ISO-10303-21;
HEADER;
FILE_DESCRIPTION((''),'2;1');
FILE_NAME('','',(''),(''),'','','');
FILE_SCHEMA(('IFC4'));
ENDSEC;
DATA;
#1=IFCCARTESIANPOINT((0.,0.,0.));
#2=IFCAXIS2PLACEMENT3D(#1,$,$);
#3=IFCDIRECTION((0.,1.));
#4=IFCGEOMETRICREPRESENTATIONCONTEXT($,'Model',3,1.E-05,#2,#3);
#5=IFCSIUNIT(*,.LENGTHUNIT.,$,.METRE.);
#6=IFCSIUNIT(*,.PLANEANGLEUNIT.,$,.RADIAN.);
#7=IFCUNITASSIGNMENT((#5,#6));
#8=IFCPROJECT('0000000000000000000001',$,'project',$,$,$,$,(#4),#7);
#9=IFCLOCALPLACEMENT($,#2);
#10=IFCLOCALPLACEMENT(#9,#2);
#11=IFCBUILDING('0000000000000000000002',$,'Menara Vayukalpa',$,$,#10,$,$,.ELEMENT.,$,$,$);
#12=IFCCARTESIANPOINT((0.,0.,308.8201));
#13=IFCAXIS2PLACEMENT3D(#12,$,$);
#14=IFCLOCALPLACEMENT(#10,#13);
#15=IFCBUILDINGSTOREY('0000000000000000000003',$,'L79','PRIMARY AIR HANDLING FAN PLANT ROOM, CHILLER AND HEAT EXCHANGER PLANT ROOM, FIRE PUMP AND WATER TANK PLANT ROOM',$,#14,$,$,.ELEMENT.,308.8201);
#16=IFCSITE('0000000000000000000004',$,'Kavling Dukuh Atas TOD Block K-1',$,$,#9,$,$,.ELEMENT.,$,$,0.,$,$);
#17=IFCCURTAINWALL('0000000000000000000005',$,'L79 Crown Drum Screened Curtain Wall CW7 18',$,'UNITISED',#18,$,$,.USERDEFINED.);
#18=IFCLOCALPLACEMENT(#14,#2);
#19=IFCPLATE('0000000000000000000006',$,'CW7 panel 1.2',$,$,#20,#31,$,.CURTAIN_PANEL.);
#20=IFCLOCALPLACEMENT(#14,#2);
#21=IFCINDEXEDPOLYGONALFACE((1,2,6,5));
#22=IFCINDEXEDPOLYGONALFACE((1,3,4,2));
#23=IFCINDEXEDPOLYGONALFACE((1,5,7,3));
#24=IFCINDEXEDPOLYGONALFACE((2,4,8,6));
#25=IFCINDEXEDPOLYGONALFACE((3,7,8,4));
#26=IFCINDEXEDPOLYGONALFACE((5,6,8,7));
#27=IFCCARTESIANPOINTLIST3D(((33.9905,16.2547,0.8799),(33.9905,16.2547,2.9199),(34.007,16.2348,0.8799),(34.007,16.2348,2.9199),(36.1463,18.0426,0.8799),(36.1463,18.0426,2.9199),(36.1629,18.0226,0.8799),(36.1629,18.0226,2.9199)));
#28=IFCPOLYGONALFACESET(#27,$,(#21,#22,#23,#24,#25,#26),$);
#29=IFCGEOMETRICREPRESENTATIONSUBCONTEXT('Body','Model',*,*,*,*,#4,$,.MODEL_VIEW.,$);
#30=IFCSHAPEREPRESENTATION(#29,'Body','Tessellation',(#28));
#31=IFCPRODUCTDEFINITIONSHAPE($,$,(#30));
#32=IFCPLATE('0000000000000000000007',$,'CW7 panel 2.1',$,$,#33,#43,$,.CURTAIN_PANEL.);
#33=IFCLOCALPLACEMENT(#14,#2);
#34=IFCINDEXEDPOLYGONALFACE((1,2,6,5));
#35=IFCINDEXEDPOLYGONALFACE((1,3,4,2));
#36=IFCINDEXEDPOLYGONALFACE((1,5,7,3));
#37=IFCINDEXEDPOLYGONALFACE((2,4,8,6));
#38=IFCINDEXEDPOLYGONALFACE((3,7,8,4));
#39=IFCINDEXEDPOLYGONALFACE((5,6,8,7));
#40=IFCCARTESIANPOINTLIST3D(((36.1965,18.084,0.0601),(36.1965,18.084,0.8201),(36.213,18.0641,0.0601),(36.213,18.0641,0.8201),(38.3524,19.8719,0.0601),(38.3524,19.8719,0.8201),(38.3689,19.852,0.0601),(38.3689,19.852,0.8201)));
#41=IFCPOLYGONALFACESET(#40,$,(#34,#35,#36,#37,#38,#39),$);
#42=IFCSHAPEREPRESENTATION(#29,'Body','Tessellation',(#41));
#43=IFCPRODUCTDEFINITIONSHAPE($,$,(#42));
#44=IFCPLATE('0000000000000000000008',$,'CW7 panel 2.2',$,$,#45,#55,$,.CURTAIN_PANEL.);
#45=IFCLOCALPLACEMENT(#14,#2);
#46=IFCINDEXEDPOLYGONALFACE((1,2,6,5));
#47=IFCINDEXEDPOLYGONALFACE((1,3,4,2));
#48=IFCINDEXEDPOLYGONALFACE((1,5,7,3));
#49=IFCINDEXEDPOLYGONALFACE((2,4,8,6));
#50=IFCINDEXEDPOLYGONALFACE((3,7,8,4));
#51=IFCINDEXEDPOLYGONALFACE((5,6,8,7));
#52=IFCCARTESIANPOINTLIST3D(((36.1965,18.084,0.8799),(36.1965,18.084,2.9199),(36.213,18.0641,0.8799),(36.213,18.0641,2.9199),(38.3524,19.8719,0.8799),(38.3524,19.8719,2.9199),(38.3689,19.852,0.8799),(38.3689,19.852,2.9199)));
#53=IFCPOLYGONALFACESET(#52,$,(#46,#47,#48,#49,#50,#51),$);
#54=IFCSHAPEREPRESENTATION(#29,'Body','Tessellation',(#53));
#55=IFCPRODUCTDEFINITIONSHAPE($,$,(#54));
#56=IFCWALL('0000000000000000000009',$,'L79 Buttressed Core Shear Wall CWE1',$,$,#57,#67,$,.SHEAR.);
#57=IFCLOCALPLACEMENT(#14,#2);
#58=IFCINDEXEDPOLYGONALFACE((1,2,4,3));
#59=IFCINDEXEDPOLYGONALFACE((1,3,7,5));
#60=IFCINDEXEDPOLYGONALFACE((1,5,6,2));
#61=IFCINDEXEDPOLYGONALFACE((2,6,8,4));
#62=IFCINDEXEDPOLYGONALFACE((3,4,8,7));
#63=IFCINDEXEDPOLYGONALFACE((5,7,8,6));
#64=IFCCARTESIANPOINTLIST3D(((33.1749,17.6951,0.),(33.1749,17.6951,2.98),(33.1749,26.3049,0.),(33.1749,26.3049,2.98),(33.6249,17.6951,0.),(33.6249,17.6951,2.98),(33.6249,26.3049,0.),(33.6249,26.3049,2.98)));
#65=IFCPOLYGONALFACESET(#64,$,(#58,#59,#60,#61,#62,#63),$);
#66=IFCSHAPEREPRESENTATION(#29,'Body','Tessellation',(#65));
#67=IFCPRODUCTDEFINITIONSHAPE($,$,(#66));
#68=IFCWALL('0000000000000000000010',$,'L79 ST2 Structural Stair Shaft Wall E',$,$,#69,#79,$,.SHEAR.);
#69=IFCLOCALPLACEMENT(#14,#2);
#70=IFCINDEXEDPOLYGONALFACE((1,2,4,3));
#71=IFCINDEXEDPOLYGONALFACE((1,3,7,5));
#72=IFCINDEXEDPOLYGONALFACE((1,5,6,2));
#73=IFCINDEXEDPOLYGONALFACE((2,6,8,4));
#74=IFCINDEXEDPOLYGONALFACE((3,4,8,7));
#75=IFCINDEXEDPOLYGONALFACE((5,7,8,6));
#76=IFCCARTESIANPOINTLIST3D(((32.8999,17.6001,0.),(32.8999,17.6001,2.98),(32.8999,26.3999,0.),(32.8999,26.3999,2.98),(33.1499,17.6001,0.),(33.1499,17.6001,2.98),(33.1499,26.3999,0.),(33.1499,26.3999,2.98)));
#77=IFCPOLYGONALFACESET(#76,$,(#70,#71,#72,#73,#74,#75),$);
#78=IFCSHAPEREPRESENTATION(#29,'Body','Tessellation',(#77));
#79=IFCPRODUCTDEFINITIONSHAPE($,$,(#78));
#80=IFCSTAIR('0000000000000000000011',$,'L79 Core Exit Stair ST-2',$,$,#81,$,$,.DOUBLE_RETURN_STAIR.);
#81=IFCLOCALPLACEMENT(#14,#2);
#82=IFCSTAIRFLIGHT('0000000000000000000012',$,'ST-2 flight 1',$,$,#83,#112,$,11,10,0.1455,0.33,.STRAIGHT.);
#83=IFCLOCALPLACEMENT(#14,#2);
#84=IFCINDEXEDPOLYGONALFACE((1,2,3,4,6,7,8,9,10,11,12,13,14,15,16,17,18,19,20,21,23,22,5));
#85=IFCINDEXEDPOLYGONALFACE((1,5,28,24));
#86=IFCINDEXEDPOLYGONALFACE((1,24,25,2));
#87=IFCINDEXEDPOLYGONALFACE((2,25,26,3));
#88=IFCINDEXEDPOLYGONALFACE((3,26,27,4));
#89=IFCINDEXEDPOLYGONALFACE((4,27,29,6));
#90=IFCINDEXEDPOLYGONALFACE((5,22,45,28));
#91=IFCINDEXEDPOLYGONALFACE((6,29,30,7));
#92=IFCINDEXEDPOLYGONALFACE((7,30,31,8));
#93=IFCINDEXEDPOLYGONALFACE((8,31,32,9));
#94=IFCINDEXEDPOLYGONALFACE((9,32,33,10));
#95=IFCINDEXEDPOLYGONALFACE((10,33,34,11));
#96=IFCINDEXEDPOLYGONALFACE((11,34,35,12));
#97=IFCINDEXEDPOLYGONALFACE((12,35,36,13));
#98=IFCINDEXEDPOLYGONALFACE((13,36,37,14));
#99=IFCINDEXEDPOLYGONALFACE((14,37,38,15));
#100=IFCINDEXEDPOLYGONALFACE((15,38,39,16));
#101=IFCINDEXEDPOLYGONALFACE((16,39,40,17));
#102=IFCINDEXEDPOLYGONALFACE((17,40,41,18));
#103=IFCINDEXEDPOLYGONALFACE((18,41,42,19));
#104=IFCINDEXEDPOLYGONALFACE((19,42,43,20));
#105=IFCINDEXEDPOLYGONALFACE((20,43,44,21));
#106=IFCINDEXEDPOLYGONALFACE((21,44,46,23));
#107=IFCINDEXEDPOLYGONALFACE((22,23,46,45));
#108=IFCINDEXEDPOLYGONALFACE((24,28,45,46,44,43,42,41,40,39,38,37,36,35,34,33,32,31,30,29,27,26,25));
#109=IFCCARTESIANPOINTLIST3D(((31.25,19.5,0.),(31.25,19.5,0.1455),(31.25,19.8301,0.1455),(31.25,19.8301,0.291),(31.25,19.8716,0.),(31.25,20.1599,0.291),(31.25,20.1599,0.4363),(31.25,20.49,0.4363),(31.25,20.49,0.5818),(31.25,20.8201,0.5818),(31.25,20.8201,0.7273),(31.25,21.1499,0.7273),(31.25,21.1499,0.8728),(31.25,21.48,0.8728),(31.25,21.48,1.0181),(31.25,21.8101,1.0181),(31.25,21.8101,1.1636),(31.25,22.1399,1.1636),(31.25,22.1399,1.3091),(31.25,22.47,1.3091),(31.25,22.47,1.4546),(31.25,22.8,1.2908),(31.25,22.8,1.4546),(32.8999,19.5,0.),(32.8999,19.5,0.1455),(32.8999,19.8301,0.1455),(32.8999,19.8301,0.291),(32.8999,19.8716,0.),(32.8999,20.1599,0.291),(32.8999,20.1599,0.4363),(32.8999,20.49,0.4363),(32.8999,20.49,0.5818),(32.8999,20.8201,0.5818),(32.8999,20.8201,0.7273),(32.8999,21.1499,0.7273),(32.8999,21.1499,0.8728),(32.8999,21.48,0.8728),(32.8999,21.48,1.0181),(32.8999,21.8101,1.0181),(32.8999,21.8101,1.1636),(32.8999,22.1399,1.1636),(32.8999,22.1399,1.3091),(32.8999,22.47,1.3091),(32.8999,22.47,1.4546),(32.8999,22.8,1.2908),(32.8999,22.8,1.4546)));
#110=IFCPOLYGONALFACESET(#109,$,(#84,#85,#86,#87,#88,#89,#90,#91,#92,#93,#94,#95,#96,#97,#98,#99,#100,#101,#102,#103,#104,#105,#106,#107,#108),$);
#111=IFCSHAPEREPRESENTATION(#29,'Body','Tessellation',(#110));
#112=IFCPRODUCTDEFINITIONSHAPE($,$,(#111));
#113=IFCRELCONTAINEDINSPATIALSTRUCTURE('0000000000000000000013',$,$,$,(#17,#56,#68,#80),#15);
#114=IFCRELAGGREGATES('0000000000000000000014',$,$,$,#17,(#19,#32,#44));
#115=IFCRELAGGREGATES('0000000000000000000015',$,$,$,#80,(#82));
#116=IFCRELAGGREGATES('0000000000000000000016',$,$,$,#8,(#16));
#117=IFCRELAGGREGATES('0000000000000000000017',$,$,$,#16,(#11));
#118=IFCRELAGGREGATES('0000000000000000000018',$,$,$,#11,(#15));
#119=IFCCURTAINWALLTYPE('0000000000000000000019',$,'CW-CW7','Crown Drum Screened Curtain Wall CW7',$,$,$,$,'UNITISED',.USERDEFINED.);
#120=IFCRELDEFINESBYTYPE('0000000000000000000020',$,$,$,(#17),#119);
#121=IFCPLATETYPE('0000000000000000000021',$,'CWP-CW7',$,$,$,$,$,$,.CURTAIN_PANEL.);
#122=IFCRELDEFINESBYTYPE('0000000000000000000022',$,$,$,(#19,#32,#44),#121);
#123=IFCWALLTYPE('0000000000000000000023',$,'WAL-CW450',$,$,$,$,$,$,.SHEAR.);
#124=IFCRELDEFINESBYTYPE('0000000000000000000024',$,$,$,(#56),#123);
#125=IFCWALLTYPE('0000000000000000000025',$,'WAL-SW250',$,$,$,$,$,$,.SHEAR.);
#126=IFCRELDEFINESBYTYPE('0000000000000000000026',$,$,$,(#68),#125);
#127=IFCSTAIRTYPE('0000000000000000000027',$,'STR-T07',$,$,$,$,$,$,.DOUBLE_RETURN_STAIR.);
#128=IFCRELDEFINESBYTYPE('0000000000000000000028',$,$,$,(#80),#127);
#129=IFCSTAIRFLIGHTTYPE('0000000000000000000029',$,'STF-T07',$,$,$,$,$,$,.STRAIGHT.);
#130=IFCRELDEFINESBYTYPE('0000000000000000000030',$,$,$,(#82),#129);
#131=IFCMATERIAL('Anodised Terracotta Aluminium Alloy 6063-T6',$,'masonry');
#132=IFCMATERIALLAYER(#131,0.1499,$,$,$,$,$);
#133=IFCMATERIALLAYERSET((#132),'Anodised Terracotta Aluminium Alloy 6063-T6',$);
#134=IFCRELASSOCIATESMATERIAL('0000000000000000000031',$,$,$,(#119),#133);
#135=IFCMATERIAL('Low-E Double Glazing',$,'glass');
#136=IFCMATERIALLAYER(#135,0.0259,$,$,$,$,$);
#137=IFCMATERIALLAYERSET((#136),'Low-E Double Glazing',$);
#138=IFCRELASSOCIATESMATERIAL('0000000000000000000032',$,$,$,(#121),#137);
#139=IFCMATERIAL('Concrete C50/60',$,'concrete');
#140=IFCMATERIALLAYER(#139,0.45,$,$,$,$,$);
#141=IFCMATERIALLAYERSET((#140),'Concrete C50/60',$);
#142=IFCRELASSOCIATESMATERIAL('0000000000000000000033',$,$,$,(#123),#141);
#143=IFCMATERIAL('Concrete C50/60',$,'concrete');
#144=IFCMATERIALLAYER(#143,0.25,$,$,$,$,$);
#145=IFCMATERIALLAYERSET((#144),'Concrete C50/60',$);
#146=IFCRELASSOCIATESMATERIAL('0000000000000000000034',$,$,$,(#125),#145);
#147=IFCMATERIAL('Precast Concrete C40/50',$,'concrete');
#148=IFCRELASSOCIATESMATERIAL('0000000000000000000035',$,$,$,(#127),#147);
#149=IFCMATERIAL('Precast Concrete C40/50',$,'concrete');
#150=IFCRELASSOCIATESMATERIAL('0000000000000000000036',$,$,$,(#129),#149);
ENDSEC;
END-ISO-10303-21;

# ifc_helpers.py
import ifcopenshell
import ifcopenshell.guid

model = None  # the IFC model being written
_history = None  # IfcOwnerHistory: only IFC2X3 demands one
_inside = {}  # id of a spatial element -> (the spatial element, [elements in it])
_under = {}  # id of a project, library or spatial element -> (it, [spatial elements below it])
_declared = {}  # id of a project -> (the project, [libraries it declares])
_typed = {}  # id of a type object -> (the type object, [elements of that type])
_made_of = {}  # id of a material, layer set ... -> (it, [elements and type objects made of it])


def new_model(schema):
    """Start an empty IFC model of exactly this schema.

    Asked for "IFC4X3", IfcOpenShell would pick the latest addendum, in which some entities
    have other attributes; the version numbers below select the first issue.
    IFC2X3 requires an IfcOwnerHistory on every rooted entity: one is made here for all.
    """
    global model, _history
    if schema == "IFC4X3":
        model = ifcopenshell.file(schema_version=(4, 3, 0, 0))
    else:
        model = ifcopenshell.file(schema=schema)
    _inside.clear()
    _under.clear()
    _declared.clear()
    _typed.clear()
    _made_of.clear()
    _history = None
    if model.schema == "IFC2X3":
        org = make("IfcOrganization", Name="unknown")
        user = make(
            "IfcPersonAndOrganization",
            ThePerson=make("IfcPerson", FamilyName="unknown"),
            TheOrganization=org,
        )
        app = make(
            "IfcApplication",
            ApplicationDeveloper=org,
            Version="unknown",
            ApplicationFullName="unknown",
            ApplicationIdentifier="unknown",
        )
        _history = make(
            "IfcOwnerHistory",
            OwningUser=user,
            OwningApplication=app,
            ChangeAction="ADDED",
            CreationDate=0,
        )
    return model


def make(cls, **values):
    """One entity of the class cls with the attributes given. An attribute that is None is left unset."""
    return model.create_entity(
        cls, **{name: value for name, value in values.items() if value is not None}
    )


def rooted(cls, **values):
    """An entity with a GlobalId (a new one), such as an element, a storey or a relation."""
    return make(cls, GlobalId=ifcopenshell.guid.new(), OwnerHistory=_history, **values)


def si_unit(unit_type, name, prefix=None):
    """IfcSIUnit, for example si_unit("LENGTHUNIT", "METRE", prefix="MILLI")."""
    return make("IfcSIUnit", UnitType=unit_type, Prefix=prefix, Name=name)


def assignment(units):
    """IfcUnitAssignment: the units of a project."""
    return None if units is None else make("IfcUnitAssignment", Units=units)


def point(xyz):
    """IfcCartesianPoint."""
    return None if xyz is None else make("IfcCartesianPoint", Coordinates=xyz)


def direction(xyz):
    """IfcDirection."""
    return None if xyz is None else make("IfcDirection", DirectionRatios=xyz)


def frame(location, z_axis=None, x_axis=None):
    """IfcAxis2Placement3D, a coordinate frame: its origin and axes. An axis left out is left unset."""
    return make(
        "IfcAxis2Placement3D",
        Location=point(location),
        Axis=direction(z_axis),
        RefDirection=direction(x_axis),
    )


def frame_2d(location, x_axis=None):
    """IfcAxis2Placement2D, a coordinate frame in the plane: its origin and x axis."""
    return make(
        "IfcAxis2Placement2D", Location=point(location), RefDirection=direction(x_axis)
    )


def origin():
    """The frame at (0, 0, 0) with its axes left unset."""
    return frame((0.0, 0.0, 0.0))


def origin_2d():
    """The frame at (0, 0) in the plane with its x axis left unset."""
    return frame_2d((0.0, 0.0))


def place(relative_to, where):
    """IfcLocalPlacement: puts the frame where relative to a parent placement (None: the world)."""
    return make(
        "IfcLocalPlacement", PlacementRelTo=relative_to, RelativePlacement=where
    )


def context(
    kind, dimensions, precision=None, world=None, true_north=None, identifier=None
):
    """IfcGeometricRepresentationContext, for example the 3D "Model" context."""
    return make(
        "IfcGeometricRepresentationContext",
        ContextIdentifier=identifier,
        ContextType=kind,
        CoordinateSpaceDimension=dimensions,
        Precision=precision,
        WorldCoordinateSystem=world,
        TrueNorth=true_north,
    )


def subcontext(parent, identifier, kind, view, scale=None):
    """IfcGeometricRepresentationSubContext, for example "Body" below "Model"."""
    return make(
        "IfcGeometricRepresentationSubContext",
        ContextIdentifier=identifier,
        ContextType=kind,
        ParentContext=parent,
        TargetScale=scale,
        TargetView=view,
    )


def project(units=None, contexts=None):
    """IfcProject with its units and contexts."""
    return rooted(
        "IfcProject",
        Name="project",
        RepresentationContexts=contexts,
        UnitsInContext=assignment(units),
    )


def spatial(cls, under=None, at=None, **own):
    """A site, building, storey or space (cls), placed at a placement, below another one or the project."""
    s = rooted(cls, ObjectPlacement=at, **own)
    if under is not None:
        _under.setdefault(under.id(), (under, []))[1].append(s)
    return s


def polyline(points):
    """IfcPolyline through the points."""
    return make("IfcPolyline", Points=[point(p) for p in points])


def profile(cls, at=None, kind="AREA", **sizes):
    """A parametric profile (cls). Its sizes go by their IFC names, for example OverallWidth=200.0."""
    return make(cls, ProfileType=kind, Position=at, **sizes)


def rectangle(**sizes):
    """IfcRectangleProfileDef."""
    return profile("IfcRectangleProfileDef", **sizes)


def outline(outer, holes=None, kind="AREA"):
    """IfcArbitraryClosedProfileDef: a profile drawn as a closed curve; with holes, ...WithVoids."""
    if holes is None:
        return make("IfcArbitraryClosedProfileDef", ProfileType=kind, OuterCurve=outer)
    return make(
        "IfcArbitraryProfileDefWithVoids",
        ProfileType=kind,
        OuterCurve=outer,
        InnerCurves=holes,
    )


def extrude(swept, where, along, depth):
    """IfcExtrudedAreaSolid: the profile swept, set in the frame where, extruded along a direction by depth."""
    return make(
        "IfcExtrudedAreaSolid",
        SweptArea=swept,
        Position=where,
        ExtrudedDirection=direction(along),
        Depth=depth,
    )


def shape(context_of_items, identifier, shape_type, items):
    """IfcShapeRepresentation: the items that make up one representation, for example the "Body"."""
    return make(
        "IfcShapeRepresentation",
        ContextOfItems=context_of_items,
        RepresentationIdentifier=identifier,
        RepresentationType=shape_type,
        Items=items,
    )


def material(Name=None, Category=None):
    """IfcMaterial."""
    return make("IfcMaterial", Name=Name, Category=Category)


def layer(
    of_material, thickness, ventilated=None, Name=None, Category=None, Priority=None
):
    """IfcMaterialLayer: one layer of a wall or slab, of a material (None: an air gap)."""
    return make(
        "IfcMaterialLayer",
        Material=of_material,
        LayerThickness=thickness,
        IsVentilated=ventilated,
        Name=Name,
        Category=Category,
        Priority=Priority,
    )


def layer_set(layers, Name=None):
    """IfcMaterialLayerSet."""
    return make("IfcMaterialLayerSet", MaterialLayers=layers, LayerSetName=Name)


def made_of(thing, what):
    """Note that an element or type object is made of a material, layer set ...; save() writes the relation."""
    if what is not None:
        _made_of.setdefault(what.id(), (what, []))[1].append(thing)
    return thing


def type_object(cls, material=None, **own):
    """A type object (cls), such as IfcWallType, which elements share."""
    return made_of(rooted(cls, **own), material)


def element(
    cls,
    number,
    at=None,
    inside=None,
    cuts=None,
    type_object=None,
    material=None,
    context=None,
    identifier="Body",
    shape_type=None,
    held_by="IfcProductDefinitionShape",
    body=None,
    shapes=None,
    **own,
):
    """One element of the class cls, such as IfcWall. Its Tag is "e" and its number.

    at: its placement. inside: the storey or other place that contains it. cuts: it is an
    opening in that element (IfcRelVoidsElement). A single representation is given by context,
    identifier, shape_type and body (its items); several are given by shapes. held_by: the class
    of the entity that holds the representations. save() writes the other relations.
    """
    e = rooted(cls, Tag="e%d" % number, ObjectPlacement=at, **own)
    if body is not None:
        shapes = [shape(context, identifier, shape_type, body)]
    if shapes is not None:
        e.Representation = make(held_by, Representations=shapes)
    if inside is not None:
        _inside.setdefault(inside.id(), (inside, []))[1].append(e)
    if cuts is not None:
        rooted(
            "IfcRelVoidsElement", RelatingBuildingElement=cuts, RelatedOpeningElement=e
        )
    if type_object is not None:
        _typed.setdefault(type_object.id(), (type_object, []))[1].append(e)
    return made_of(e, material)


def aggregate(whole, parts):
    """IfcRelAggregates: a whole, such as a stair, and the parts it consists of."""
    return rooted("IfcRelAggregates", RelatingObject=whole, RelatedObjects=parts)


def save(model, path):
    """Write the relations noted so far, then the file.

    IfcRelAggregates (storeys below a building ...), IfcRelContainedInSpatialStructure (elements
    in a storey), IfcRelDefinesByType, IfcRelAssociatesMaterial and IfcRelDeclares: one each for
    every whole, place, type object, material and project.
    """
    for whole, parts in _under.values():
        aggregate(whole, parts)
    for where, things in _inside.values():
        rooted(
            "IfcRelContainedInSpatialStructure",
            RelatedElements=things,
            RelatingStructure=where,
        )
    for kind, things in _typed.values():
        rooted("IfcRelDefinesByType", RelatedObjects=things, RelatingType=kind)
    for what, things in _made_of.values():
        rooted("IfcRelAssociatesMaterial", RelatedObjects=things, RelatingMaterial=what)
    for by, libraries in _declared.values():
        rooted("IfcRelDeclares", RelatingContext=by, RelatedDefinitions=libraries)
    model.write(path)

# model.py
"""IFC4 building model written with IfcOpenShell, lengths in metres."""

from ifc_helpers import new_model, si_unit, direction, frame, frame_2d, origin, origin_2d, place, context, subcontext, project, spatial, polyline, rectangle, outline, extrude, material, layer, layer_set, type_object, element, aggregate, save


model = new_model("IFC4")

# Units and contexts
model_context = context("Model", 3, precision=1e-05, world=origin(), true_north=direction((0.0, 1.0)))
body_context = subcontext(model_context, "Body", "Model", "MODEL_VIEW")
ifc_project = project(units=[si_unit("LENGTHUNIT", "METRE"), si_unit("PLANEANGLEUNIT", "RADIAN")], contexts=[model_context])

# Site, building, storey
site_placement = place(None, origin())
site = spatial("IfcSite", under=ifc_project, at=site_placement, Name="Kavling Dukuh Atas TOD Block K-1", CompositionType="ELEMENT", RefElevation=0.0)
building_placement = place(site_placement, origin())
building = spatial("IfcBuilding", under=site, at=building_placement, Name="Menara Vayukalpa", CompositionType="ELEMENT")
storey_placement = place(building_placement, frame((0.0, 0.0, 308.8201)))
storey = spatial("IfcBuildingStorey", under=building, at=storey_placement, Name="L79", Description="PRIMARY AIR HANDLING FAN PLANT ROOM, CHILLER AND HEAT EXCHANGER PLANT ROOM, FIRE PUMP AND WATER TANK PLANT ROOM", CompositionType="ELEMENT", Elevation=308.8201)

# Curtain wall
ifc_material_1 = material(Name="Anodised Terracotta Aluminium Alloy 6063-T6", Category="masonry")
ifc_layer_1 = layer(ifc_material_1, 0.1499)
ifc_layer_set_1 = layer_set([ifc_layer_1], Name="Anodised Terracotta Aluminium Alloy 6063-T6")
curtain_wall_type = type_object("IfcCurtainWallType", Name="CW-CW7", Description="Crown Drum Screened Curtain Wall CW7", ElementType="UNITISED", PredefinedType="USERDEFINED", material=ifc_layer_set_1)
curtain_wall_1_placement = place(storey_placement, origin())
curtain_wall_1 = element("IfcCurtainWall", 1, at=curtain_wall_1_placement, inside=storey, type_object=curtain_wall_type, Name="L79 Crown Drum Screened Curtain Wall CW7 18", ObjectType="UNITISED", PredefinedType="USERDEFINED")

# Plates
ifc_material_2 = material(Name="Low-E Double Glazing", Category="glass")
ifc_layer_2 = layer(ifc_material_2, 0.0259)
ifc_layer_set_2 = layer_set([ifc_layer_2], Name="Low-E Double Glazing")
plate_type = type_object("IfcPlateType", Name="CWP-CW7", PredefinedType="CURTAIN_PANEL", material=ifc_layer_set_2)
plate_1_placement = place(storey_placement, frame((35.0767, 17.1387, 0.8799), z_axis=(0.0, 0.0, 1.0), x_axis=(0.769749, 0.638347, 0.0)))
plate_1 = element("IfcPlate", 2, at=plate_1_placement, type_object=plate_type, Name="CW7 panel 1.2", PredefinedType="CURTAIN_PANEL", context=body_context, shape_type="SweptSolid", body=[
    extrude(rectangle(XDim=2.8008, YDim=0.0259, at=origin_2d()), origin(), (0.0, 0.0, 1.0), 2.04),
])
plate_2_placement = place(storey_placement, frame((37.2827, 18.968, 0.0601), z_axis=(0.0, 0.0, 1.0), x_axis=(0.769749, 0.638347, 0.0)))
plate_2 = element("IfcPlate", 3, at=plate_2_placement, type_object=plate_type, Name="CW7 panel 2.1", PredefinedType="CURTAIN_PANEL", context=body_context, shape_type="SweptSolid", body=[
    extrude(rectangle(XDim=2.8008, YDim=0.0259, at=origin_2d()), origin(), (0.0, 0.0, 1.0), 0.76),
])
plate_3_placement = place(storey_placement, frame((37.2827, 18.968, 0.8799), z_axis=(0.0, 0.0, 1.0), x_axis=(0.769749, 0.638347, 0.0)))
plate_3 = element("IfcPlate", 4, at=plate_3_placement, type_object=plate_type, Name="CW7 panel 2.2", PredefinedType="CURTAIN_PANEL", context=body_context, shape_type="SweptSolid", body=[
    extrude(rectangle(XDim=2.8008, YDim=0.0259, at=origin_2d()), origin(), (0.0, 0.0, 1.0), 2.04),
])
aggregate(curtain_wall_1, [plate_1, plate_2, plate_3])

# Walls
ifc_material_3 = material(Name="Concrete C50/60", Category="concrete")
ifc_layer_3 = layer(ifc_material_3, 0.45)
ifc_layer_set_3 = layer_set([ifc_layer_3], Name="Concrete C50/60")
wall_type_1 = type_object("IfcWallType", Name="WAL-CW450", PredefinedType="SHEAR", material=ifc_layer_set_3)
wall_1_placement = place(storey_placement, frame((33.3999, 17.6951, 0.0), z_axis=(0.0, 0.0, 1.0), x_axis=(0.0, 1.0, 0.0)))
element("IfcWall", 5, at=wall_1_placement, inside=storey, type_object=wall_type_1, Name="L79 Buttressed Core Shear Wall CWE1", PredefinedType="SHEAR", context=body_context, shape_type="SweptSolid", body=[
    extrude(rectangle(XDim=8.6099, YDim=0.45, at=frame_2d((4.3049, 0.0))), origin(), (0.0, 0.0, 1.0), 2.98),
])
ifc_material_4 = material(Name="Concrete C50/60", Category="concrete")
ifc_layer_4 = layer(ifc_material_4, 0.25)
ifc_layer_set_4 = layer_set([ifc_layer_4], Name="Concrete C50/60")
wall_type_2 = type_object("IfcWallType", Name="WAL-SW250", PredefinedType="SHEAR", material=ifc_layer_set_4)
wall_2_placement = place(storey_placement, frame((33.0249, 17.6001, 0.0), z_axis=(0.0, 0.0, 1.0), x_axis=(0.0, 1.0, 0.0)))
element("IfcWall", 6, at=wall_2_placement, inside=storey, type_object=wall_type_2, Name="L79 ST2 Structural Stair Shaft Wall E", PredefinedType="SHEAR", context=body_context, shape_type="SweptSolid", body=[
    extrude(rectangle(XDim=8.7998, YDim=0.25, at=frame_2d((4.3999, 0.0))), origin(), (0.0, 0.0, 1.0), 2.98),
])

# Stair, stair flight
ifc_material_5 = material(Name="Precast Concrete C40/50", Category="concrete")
stair_type = type_object("IfcStairType", Name="STR-T07", PredefinedType="DOUBLE_RETURN_STAIR", material=ifc_material_5)
stair_placement = place(storey_placement, origin())
stair = element("IfcStair", 7, at=stair_placement, inside=storey, type_object=stair_type, Name="L79 Core Exit Stair ST-2", PredefinedType="DOUBLE_RETURN_STAIR")
ifc_material_6 = material(Name="Precast Concrete C40/50", Category="concrete")
stair_flight_type = type_object("IfcStairFlightType", Name="STF-T07", PredefinedType="STRAIGHT", material=ifc_material_6)
stair_flight_placement = place(storey_placement, frame((32.075, 19.5, 0.0), z_axis=(0.0, 0.0, 1.0), x_axis=(0.0, 1.0, 0.0)))
stair_flight = element("IfcStairFlight", 8, at=stair_flight_placement, type_object=stair_flight_type, Name="ST-2 flight 1", NumberOfRisers=11, NumberOfTreads=10, PredefinedType="STRAIGHT", RiserHeight=0.1455, TreadLength=0.33, context=body_context, shape_type="SweptSolid", body=[
    extrude(outline(polyline([(0.0, 0.0), (0.0, 0.1455), (0.3301, 0.1455), (0.3301, 0.291), (0.6599, 0.291), (0.6599, 0.4363), (0.99, 0.4363), (0.99, 0.5818), (1.3201, 0.5818), (1.3201, 0.7273), (1.6499, 0.7273), (1.6499, 0.8728), (1.98, 0.8728), (1.98, 1.0181), (2.3101, 1.0181), (2.3101, 1.1636), (2.6399, 1.1636), (2.6399, 1.3091), (2.97, 1.3091), (2.97, 1.4546), (3.3, 1.4546), (3.3, 1.6001), (3.3, 1.2908), (0.3716, 0.0), (0.0, 0.0)])), frame((0.0, 0.825, 0.0), z_axis=(0.0, -1.0, 0.0), x_axis=(1.0, 0.0, 0.0)), (0.0, 0.0, 1.0), 1.6499),
])
aggregate(stair, [stair_flight])

save(model, "model.ifc")
